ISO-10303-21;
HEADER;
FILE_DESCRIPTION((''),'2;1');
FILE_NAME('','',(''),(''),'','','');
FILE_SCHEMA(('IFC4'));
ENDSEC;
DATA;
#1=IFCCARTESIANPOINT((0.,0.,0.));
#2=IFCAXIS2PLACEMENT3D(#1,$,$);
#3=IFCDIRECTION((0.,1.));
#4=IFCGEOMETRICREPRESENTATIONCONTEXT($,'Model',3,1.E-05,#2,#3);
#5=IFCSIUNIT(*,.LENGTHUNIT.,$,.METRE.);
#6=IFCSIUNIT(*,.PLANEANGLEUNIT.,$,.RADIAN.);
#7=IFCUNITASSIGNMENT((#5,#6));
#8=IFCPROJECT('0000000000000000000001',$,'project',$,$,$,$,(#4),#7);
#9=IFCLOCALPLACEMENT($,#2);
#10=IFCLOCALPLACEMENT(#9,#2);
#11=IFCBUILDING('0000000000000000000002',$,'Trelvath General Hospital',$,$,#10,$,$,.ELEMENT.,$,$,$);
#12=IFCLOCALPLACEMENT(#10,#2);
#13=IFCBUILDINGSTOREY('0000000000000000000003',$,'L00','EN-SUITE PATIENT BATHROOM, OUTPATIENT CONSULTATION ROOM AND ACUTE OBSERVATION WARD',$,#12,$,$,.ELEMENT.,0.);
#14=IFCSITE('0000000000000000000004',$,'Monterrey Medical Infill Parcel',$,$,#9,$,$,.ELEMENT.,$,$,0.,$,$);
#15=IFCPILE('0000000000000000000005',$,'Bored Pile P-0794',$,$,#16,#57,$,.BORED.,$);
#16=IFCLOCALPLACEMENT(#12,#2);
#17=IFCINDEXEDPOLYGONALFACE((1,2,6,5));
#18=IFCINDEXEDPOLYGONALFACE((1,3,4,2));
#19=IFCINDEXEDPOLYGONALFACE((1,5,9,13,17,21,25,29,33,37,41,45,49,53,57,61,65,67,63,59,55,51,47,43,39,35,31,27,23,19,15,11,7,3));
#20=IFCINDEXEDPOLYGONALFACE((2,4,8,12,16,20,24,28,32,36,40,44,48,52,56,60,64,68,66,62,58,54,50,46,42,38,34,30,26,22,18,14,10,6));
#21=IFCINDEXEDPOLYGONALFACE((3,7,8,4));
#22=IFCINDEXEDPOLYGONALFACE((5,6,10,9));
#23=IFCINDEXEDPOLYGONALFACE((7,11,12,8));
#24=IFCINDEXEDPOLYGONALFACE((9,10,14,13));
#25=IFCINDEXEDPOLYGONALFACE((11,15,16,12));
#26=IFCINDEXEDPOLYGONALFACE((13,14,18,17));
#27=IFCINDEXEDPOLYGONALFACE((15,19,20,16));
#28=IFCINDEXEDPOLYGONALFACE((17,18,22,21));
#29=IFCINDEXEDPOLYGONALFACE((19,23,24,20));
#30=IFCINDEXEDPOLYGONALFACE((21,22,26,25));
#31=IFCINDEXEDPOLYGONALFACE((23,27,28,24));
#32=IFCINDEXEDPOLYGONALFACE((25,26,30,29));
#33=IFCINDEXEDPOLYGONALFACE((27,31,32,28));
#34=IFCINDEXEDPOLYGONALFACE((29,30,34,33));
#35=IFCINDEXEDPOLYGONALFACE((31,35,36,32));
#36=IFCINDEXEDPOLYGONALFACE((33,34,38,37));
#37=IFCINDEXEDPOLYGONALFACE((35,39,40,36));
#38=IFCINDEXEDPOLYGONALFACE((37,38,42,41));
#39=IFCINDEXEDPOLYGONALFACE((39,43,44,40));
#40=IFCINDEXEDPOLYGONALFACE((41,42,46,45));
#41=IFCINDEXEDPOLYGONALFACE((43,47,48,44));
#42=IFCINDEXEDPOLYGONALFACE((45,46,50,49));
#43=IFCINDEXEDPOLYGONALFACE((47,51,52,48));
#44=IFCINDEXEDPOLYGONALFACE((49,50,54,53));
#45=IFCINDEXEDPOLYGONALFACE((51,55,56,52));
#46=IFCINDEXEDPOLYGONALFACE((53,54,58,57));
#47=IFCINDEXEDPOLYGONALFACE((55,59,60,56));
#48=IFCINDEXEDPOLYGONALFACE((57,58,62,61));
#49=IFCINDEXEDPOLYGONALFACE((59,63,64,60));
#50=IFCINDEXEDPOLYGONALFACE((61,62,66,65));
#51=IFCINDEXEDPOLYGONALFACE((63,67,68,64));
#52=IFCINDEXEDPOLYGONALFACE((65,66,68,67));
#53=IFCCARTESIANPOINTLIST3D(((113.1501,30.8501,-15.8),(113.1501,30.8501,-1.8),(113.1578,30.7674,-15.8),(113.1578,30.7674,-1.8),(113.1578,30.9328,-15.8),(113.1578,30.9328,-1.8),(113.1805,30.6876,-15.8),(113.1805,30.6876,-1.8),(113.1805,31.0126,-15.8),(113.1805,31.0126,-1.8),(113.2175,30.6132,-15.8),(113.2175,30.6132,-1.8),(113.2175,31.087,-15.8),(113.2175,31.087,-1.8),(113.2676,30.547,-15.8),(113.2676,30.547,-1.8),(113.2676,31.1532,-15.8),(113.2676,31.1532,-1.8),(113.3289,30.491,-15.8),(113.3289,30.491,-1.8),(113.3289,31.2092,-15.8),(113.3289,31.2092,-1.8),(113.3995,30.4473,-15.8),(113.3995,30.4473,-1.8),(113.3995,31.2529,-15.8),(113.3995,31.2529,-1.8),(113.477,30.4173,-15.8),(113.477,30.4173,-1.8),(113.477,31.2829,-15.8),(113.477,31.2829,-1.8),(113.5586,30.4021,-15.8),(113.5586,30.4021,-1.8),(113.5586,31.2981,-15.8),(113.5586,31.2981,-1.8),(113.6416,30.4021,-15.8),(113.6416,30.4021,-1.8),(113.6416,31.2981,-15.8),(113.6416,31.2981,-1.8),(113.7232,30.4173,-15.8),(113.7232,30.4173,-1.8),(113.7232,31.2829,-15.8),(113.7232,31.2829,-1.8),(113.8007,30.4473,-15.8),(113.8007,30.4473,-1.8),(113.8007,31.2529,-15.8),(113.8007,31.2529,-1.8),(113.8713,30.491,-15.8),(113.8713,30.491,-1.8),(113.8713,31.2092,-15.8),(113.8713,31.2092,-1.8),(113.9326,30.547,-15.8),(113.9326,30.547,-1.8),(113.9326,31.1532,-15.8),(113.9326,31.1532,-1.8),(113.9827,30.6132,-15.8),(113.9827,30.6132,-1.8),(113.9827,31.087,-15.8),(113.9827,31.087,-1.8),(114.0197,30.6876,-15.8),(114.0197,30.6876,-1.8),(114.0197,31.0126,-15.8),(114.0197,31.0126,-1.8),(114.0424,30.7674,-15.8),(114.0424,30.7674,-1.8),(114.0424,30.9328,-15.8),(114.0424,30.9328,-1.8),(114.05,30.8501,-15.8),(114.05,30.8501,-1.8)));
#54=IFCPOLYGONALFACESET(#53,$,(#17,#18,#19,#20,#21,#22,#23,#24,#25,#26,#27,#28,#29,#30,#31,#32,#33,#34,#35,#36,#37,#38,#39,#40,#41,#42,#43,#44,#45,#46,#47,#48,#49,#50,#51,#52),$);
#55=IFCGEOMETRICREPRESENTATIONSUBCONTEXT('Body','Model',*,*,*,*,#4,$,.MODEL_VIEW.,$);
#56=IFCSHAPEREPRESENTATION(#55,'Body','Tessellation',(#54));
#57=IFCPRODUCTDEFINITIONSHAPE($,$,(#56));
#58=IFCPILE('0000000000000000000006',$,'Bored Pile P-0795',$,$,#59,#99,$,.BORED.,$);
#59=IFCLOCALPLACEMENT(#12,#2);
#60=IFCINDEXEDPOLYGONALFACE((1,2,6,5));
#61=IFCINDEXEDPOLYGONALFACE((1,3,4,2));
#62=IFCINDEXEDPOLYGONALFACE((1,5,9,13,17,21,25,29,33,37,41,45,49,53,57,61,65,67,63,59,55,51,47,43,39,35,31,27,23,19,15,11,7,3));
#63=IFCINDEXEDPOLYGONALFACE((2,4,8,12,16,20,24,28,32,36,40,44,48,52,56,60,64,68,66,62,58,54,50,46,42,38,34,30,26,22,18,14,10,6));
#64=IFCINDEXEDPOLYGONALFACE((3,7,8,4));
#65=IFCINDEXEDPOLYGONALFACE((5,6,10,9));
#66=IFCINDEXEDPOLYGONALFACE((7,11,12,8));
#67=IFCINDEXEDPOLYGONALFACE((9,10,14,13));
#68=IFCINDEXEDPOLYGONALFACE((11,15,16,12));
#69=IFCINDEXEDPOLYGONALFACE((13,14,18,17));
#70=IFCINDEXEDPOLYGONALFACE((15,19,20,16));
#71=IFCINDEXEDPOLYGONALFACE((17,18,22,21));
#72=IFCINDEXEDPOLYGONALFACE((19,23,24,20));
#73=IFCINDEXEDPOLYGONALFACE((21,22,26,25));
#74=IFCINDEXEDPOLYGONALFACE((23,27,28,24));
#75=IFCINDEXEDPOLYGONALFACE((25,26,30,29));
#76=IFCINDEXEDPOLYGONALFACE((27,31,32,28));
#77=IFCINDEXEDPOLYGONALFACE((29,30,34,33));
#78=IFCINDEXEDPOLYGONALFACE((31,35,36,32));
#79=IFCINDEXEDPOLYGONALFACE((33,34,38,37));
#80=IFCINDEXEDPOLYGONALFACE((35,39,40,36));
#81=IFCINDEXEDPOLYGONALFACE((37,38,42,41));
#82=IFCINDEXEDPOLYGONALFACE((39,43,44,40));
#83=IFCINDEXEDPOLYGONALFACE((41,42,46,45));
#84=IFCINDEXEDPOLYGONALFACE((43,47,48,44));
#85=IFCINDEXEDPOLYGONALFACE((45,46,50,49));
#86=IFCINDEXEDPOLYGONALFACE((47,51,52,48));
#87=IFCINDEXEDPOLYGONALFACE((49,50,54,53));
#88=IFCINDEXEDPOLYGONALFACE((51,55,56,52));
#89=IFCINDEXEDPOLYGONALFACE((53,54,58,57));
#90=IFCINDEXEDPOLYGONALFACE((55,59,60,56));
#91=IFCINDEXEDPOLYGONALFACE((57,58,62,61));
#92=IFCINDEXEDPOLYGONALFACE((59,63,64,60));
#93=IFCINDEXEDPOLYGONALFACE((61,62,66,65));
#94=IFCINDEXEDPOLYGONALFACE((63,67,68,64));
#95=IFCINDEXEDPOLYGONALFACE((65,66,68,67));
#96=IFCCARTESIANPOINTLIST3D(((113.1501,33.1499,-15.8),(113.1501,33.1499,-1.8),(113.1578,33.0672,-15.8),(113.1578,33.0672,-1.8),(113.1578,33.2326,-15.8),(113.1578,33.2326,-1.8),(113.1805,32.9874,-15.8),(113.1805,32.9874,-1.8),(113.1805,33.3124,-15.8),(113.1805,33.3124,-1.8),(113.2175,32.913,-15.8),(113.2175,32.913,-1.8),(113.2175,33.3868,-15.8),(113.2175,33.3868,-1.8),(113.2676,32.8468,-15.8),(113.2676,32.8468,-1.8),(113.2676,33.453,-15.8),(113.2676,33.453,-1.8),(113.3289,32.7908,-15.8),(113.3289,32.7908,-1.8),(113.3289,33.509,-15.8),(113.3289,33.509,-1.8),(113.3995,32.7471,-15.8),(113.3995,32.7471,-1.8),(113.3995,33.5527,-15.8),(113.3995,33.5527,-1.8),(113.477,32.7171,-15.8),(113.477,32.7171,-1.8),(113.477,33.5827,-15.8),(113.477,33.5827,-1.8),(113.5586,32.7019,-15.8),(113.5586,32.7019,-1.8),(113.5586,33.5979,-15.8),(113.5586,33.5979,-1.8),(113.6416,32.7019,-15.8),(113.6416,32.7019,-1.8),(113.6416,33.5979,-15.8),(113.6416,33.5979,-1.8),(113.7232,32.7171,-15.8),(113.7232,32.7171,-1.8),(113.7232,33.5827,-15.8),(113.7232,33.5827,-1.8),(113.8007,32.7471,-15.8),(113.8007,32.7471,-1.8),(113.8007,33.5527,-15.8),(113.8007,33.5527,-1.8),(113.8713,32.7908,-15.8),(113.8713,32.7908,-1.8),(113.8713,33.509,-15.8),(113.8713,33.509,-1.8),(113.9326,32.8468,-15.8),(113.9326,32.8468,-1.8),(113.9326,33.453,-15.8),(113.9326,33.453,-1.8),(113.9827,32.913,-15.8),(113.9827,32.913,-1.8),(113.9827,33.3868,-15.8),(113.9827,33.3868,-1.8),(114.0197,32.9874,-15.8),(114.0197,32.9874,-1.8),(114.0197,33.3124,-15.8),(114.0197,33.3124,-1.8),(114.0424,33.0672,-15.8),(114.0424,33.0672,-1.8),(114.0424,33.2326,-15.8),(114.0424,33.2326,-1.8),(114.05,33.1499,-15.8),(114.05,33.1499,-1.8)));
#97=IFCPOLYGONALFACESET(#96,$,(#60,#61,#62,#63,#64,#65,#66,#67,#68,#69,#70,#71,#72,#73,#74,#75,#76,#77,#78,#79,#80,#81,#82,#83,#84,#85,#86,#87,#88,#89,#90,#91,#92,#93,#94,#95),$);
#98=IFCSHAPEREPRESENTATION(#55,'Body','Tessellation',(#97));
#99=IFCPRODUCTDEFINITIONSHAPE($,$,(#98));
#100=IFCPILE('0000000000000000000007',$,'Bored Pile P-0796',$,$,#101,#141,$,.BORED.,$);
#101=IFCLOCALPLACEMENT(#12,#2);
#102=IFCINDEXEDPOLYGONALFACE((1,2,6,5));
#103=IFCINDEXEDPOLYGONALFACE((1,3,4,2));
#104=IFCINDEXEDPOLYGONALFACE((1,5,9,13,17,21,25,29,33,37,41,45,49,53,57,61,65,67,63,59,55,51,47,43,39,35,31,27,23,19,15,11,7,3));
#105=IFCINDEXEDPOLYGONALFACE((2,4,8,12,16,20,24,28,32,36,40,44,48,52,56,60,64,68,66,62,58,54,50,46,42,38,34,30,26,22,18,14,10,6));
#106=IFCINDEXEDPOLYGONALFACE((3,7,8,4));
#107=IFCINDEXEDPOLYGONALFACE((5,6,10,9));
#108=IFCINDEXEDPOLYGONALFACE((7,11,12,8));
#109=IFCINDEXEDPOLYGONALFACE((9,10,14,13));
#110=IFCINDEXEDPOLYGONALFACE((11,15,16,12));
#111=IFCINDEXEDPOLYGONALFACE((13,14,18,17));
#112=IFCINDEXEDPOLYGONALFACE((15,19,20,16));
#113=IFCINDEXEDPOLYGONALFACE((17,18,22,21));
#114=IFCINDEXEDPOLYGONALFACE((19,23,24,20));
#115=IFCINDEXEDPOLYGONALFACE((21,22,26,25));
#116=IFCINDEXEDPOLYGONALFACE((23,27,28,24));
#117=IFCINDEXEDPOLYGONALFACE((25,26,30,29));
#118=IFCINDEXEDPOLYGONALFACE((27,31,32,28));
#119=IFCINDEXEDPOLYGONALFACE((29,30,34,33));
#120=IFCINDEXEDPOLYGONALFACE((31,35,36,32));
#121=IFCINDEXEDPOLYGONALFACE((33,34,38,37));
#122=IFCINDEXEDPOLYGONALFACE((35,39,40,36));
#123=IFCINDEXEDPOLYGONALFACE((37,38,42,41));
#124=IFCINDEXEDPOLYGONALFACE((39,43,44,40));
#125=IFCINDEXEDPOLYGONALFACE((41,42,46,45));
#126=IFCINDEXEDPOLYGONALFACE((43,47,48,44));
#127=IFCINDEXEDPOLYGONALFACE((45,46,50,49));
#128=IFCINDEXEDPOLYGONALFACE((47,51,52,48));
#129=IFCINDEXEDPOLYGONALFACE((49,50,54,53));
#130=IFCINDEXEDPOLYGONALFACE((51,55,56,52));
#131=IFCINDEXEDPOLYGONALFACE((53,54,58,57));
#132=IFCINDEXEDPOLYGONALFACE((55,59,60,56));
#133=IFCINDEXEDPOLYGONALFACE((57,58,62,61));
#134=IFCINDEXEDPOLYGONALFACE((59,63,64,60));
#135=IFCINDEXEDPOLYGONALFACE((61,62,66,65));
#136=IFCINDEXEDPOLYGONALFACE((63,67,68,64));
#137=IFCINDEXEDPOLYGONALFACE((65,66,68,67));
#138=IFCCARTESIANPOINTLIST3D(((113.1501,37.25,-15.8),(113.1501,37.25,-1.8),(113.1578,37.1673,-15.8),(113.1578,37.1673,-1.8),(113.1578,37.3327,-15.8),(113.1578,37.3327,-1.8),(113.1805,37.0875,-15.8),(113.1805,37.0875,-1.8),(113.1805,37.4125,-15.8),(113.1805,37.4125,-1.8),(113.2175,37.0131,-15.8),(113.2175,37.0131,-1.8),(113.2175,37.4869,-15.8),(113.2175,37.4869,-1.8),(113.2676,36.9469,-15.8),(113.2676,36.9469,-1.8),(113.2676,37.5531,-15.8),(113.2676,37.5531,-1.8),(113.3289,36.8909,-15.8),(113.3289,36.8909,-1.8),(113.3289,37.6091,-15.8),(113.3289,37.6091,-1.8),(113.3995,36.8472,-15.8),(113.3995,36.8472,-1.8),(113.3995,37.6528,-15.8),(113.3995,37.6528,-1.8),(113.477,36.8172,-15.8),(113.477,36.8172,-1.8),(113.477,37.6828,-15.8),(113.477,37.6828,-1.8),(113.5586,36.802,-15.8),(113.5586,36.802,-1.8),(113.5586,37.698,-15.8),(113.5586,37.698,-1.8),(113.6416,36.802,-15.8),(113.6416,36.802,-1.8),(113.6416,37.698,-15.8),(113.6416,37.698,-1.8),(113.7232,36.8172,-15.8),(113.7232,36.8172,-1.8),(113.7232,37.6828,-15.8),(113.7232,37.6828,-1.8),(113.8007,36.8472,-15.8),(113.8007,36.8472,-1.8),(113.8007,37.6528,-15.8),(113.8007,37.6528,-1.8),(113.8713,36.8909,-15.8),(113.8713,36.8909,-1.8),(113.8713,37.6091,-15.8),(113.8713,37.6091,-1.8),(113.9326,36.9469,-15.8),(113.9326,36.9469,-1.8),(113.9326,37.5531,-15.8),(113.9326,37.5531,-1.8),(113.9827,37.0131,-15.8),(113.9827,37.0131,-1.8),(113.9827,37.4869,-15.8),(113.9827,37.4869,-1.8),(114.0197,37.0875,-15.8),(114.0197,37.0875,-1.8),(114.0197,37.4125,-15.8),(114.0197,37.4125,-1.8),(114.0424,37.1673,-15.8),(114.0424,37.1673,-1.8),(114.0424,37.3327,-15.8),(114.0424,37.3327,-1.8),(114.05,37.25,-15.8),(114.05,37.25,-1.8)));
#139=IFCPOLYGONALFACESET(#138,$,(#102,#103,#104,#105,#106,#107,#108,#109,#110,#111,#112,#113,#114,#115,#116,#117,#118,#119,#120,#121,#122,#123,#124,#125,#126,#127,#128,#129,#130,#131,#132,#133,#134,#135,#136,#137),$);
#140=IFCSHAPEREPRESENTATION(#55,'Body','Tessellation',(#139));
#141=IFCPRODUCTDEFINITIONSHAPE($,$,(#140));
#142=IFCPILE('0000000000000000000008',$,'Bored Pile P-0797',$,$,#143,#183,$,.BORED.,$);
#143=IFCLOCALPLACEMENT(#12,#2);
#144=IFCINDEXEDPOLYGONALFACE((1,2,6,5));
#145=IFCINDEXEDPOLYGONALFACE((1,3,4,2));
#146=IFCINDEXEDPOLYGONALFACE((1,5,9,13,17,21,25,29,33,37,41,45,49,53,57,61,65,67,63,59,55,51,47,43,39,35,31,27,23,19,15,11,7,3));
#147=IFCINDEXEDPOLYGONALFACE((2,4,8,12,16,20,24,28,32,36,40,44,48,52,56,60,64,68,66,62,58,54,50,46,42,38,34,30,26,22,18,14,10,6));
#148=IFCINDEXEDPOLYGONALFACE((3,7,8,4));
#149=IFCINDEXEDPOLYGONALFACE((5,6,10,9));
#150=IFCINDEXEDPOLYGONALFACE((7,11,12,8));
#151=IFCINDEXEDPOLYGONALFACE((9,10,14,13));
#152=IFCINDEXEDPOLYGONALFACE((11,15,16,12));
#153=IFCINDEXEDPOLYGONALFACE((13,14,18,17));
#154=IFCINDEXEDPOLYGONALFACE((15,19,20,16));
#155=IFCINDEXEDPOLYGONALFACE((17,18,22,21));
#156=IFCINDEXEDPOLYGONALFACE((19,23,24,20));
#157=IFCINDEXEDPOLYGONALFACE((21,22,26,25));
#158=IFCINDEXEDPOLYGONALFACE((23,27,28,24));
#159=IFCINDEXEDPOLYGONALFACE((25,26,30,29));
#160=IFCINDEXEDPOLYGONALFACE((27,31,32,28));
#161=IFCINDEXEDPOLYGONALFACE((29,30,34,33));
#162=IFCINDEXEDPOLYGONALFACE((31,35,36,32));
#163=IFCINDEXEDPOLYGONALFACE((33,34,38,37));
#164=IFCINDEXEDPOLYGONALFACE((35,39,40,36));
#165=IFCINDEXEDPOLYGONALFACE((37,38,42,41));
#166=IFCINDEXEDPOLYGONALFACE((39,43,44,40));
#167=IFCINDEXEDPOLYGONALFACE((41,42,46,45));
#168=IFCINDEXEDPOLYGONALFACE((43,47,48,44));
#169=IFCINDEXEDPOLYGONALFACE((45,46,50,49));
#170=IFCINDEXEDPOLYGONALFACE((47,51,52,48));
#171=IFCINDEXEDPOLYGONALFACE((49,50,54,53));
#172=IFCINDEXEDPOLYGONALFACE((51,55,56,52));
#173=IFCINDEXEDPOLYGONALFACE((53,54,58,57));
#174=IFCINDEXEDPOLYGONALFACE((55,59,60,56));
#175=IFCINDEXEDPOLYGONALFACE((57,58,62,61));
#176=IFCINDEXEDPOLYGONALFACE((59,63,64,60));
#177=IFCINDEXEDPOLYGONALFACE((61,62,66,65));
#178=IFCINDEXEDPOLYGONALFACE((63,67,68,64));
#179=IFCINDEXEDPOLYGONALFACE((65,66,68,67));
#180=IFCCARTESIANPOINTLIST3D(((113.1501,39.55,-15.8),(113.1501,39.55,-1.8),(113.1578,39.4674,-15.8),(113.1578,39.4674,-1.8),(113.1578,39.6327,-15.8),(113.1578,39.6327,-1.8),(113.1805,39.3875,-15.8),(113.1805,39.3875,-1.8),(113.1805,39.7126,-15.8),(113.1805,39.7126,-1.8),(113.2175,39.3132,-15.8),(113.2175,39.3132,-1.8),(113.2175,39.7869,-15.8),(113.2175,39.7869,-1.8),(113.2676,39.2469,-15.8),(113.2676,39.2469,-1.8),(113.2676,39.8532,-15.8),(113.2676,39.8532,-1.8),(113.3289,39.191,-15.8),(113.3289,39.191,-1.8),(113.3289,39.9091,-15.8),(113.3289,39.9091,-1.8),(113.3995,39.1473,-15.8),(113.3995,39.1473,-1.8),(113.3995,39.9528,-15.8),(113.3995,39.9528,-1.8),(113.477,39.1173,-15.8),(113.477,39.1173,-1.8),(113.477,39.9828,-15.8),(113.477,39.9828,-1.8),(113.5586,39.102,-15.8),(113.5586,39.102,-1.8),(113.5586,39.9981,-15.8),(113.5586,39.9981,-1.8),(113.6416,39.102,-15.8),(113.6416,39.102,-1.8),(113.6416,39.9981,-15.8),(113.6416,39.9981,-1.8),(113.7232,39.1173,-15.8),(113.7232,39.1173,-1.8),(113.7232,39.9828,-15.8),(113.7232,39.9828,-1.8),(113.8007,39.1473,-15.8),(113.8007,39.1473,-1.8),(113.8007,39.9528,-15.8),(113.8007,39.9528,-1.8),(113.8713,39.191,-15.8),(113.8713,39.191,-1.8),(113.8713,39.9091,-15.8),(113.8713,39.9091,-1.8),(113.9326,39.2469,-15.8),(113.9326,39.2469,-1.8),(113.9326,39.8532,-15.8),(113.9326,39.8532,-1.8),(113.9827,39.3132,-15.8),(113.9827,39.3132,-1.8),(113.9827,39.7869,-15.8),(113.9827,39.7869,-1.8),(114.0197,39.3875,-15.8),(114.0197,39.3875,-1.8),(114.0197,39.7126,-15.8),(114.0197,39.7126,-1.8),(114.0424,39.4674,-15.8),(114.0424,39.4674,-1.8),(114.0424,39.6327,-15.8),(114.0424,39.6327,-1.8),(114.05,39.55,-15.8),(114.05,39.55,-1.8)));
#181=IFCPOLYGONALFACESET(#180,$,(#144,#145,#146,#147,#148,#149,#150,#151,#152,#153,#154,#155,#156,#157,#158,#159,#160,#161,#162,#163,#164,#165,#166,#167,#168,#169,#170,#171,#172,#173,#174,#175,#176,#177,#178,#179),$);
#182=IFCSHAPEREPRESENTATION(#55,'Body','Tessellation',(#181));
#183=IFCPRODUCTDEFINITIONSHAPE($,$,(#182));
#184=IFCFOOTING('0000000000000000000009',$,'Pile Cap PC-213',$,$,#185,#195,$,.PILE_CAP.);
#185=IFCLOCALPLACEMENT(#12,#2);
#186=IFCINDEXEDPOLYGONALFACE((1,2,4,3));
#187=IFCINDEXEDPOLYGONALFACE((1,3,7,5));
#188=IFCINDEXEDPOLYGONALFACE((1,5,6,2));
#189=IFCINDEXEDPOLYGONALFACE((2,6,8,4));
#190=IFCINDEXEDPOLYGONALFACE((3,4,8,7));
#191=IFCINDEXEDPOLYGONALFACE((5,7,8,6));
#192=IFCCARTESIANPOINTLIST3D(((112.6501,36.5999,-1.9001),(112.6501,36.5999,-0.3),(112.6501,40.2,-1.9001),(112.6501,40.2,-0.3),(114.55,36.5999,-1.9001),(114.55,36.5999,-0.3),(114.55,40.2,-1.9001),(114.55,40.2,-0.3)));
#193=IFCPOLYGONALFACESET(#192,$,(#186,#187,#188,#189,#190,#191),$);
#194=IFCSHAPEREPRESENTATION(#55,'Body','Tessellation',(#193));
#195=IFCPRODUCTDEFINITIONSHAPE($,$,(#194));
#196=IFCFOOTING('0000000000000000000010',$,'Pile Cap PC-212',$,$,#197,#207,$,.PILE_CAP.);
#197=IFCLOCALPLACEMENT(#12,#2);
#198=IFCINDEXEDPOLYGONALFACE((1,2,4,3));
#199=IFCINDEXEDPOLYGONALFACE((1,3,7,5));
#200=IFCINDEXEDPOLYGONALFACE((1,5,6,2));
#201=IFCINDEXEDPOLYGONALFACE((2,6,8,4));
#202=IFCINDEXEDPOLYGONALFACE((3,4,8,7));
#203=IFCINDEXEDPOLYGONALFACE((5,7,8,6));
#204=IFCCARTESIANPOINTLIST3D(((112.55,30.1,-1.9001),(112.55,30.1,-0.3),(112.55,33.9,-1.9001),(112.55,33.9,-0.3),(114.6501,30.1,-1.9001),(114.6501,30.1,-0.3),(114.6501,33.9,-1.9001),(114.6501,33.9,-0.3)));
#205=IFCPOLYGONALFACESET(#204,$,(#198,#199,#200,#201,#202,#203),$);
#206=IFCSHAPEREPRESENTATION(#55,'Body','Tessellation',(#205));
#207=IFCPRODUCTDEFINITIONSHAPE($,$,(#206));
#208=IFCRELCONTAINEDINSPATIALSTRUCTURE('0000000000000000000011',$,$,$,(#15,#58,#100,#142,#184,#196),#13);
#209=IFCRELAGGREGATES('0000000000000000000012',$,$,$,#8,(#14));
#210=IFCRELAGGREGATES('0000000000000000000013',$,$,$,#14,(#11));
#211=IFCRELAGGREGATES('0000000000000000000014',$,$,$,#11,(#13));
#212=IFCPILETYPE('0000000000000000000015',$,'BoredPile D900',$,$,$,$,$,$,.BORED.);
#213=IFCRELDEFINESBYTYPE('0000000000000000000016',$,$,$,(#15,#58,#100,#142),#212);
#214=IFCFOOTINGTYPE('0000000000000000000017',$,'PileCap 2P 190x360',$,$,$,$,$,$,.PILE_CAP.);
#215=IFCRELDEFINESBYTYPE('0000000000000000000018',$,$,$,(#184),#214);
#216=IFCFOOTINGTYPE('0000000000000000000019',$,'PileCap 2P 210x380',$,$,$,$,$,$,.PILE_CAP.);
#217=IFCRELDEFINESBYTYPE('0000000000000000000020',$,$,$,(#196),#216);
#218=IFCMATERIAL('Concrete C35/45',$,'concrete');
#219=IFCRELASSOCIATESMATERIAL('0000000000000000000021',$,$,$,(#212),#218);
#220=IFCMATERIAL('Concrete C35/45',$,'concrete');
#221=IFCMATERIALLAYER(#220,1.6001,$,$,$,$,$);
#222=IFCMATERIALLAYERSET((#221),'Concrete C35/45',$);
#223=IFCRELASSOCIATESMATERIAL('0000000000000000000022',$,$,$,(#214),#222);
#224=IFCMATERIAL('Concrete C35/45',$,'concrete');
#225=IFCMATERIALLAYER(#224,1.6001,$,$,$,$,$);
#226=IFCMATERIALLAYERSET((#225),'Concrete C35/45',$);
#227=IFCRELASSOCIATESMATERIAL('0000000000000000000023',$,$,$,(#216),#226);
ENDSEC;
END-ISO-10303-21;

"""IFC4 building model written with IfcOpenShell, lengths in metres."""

from ifc_helpers import new_model, si_unit, direction, frame, origin, origin_2d, place, context, subcontext, project, spatial, rectangle, circle, extrude, material, layer, layer_set, material_profile, profile_set, type_object, element, save


model = new_model("IFC4")

# Units and contexts
model_context = context("Model", 3, precision=1e-05, world=origin(), true_north=direction((0.0, 1.0)))
body_context = subcontext(model_context, "Body", "Model", "MODEL_VIEW")
ifc_project = project(units=[si_unit("LENGTHUNIT", "METRE"), si_unit("PLANEANGLEUNIT", "RADIAN")], contexts=[model_context])

# Site, building, storey
site_placement = place(None, origin())
site = spatial("IfcSite", under=ifc_project, at=site_placement, Name="Monterrey Medical Infill Parcel", CompositionType="ELEMENT", RefElevation=0.0)
building_placement = place(site_placement, origin())
building = spatial("IfcBuilding", under=site, at=building_placement, Name="Trelvath General Hospital", CompositionType="ELEMENT")
storey_placement = place(building_placement, origin())
storey = spatial("IfcBuildingStorey", under=building, at=storey_placement, Name="L00", Description="EN-SUITE PATIENT BATHROOM, OUTPATIENT CONSULTATION ROOM AND ACUTE OBSERVATION WARD", CompositionType="ELEMENT", Elevation=0.0)

# Piles
ifc_material_1 = material(Name="Concrete C35/45", Category="concrete")
ifc_material_profile_1 = material_profile(ifc_material_1, circle(Radius=0.45, at=origin_2d()), Name="PILE900")
ifc_profile_set_1 = profile_set([ifc_material_profile_1], Name="Concrete C35/45")
pile_type = type_object("IfcPileType", Name="BoredPile D900", PredefinedType="BORED", material=ifc_profile_set_1)
for number, where, z_axis, x_axis, name in (
    (1, (113.6001, 30.8501, -1.8), (0.0, 0.0, -1.0), (1.0, 0.0, 0.0), "Bored Pile P-0794"),
    (2, (113.6001, 33.1499, -1.8), (0.0, 0.0, -1.0), (1.0, 0.0, 0.0), "Bored Pile P-0795"),
    (3, (113.6001, 37.25, -1.8), (0.0, 0.0, -1.0), (1.0, 0.0, 0.0), "Bored Pile P-0796"),
    (4, (113.6001, 39.55, -1.8), (0.0, 0.0, -1.0), (1.0, 0.0, 0.0), "Bored Pile P-0797"),
):
    element("IfcPile", number, at=place(storey_placement, frame(where, z_axis=z_axis, x_axis=x_axis)), inside=storey, type_object=pile_type, Name=name, PredefinedType="BORED", context=body_context, shape_type="SweptSolid", body=[
        extrude(circle(Radius=0.45, at=origin_2d()), origin(), (0.0, 0.0, 1.0), 14.0),
    ])

# Footings
ifc_material_2 = material(Name="Concrete C35/45", Category="concrete")
ifc_layer_1 = layer(ifc_material_2, 1.6001)
ifc_layer_set_1 = layer_set([ifc_layer_1], Name="Concrete C35/45")
footing_type_1 = type_object("IfcFootingType", Name="PileCap 2P 190x360", PredefinedType="PILE_CAP", material=ifc_layer_set_1)
footing_1_placement = place(storey_placement, frame((113.6001, 38.3999, -1.9001), z_axis=(0.0, 0.0, 1.0), x_axis=(1.0, 0.0, 0.0)))
element("IfcFooting", 5, at=footing_1_placement, inside=storey, type_object=footing_type_1, Name="Pile Cap PC-213", PredefinedType="PILE_CAP", context=body_context, shape_type="SweptSolid", body=[
    extrude(rectangle(XDim=1.8999, YDim=3.6001, at=origin_2d()), origin(), (0.0, 0.0, 1.0), 1.6001),
])
ifc_material_3 = material(Name="Concrete C35/45", Category="concrete")
ifc_layer_2 = layer(ifc_material_3, 1.6001)
ifc_layer_set_2 = layer_set([ifc_layer_2], Name="Concrete C35/45")
footing_type_2 = type_object("IfcFootingType", Name="PileCap 2P 210x380", PredefinedType="PILE_CAP", material=ifc_layer_set_2)
footing_2_placement = place(storey_placement, frame((113.6001, 32.0, -1.9001), z_axis=(0.0, 0.0, 1.0), x_axis=(1.0, 0.0, 0.0)))
element("IfcFooting", 6, at=footing_2_placement, inside=storey, type_object=footing_type_2, Name="Pile Cap PC-212", PredefinedType="PILE_CAP", context=body_context, shape_type="SweptSolid", body=[
    extrude(rectangle(XDim=2.1001, YDim=3.8, at=origin_2d()), origin(), (0.0, 0.0, 1.0), 1.6001),
])

save(model, "model.ifc")
